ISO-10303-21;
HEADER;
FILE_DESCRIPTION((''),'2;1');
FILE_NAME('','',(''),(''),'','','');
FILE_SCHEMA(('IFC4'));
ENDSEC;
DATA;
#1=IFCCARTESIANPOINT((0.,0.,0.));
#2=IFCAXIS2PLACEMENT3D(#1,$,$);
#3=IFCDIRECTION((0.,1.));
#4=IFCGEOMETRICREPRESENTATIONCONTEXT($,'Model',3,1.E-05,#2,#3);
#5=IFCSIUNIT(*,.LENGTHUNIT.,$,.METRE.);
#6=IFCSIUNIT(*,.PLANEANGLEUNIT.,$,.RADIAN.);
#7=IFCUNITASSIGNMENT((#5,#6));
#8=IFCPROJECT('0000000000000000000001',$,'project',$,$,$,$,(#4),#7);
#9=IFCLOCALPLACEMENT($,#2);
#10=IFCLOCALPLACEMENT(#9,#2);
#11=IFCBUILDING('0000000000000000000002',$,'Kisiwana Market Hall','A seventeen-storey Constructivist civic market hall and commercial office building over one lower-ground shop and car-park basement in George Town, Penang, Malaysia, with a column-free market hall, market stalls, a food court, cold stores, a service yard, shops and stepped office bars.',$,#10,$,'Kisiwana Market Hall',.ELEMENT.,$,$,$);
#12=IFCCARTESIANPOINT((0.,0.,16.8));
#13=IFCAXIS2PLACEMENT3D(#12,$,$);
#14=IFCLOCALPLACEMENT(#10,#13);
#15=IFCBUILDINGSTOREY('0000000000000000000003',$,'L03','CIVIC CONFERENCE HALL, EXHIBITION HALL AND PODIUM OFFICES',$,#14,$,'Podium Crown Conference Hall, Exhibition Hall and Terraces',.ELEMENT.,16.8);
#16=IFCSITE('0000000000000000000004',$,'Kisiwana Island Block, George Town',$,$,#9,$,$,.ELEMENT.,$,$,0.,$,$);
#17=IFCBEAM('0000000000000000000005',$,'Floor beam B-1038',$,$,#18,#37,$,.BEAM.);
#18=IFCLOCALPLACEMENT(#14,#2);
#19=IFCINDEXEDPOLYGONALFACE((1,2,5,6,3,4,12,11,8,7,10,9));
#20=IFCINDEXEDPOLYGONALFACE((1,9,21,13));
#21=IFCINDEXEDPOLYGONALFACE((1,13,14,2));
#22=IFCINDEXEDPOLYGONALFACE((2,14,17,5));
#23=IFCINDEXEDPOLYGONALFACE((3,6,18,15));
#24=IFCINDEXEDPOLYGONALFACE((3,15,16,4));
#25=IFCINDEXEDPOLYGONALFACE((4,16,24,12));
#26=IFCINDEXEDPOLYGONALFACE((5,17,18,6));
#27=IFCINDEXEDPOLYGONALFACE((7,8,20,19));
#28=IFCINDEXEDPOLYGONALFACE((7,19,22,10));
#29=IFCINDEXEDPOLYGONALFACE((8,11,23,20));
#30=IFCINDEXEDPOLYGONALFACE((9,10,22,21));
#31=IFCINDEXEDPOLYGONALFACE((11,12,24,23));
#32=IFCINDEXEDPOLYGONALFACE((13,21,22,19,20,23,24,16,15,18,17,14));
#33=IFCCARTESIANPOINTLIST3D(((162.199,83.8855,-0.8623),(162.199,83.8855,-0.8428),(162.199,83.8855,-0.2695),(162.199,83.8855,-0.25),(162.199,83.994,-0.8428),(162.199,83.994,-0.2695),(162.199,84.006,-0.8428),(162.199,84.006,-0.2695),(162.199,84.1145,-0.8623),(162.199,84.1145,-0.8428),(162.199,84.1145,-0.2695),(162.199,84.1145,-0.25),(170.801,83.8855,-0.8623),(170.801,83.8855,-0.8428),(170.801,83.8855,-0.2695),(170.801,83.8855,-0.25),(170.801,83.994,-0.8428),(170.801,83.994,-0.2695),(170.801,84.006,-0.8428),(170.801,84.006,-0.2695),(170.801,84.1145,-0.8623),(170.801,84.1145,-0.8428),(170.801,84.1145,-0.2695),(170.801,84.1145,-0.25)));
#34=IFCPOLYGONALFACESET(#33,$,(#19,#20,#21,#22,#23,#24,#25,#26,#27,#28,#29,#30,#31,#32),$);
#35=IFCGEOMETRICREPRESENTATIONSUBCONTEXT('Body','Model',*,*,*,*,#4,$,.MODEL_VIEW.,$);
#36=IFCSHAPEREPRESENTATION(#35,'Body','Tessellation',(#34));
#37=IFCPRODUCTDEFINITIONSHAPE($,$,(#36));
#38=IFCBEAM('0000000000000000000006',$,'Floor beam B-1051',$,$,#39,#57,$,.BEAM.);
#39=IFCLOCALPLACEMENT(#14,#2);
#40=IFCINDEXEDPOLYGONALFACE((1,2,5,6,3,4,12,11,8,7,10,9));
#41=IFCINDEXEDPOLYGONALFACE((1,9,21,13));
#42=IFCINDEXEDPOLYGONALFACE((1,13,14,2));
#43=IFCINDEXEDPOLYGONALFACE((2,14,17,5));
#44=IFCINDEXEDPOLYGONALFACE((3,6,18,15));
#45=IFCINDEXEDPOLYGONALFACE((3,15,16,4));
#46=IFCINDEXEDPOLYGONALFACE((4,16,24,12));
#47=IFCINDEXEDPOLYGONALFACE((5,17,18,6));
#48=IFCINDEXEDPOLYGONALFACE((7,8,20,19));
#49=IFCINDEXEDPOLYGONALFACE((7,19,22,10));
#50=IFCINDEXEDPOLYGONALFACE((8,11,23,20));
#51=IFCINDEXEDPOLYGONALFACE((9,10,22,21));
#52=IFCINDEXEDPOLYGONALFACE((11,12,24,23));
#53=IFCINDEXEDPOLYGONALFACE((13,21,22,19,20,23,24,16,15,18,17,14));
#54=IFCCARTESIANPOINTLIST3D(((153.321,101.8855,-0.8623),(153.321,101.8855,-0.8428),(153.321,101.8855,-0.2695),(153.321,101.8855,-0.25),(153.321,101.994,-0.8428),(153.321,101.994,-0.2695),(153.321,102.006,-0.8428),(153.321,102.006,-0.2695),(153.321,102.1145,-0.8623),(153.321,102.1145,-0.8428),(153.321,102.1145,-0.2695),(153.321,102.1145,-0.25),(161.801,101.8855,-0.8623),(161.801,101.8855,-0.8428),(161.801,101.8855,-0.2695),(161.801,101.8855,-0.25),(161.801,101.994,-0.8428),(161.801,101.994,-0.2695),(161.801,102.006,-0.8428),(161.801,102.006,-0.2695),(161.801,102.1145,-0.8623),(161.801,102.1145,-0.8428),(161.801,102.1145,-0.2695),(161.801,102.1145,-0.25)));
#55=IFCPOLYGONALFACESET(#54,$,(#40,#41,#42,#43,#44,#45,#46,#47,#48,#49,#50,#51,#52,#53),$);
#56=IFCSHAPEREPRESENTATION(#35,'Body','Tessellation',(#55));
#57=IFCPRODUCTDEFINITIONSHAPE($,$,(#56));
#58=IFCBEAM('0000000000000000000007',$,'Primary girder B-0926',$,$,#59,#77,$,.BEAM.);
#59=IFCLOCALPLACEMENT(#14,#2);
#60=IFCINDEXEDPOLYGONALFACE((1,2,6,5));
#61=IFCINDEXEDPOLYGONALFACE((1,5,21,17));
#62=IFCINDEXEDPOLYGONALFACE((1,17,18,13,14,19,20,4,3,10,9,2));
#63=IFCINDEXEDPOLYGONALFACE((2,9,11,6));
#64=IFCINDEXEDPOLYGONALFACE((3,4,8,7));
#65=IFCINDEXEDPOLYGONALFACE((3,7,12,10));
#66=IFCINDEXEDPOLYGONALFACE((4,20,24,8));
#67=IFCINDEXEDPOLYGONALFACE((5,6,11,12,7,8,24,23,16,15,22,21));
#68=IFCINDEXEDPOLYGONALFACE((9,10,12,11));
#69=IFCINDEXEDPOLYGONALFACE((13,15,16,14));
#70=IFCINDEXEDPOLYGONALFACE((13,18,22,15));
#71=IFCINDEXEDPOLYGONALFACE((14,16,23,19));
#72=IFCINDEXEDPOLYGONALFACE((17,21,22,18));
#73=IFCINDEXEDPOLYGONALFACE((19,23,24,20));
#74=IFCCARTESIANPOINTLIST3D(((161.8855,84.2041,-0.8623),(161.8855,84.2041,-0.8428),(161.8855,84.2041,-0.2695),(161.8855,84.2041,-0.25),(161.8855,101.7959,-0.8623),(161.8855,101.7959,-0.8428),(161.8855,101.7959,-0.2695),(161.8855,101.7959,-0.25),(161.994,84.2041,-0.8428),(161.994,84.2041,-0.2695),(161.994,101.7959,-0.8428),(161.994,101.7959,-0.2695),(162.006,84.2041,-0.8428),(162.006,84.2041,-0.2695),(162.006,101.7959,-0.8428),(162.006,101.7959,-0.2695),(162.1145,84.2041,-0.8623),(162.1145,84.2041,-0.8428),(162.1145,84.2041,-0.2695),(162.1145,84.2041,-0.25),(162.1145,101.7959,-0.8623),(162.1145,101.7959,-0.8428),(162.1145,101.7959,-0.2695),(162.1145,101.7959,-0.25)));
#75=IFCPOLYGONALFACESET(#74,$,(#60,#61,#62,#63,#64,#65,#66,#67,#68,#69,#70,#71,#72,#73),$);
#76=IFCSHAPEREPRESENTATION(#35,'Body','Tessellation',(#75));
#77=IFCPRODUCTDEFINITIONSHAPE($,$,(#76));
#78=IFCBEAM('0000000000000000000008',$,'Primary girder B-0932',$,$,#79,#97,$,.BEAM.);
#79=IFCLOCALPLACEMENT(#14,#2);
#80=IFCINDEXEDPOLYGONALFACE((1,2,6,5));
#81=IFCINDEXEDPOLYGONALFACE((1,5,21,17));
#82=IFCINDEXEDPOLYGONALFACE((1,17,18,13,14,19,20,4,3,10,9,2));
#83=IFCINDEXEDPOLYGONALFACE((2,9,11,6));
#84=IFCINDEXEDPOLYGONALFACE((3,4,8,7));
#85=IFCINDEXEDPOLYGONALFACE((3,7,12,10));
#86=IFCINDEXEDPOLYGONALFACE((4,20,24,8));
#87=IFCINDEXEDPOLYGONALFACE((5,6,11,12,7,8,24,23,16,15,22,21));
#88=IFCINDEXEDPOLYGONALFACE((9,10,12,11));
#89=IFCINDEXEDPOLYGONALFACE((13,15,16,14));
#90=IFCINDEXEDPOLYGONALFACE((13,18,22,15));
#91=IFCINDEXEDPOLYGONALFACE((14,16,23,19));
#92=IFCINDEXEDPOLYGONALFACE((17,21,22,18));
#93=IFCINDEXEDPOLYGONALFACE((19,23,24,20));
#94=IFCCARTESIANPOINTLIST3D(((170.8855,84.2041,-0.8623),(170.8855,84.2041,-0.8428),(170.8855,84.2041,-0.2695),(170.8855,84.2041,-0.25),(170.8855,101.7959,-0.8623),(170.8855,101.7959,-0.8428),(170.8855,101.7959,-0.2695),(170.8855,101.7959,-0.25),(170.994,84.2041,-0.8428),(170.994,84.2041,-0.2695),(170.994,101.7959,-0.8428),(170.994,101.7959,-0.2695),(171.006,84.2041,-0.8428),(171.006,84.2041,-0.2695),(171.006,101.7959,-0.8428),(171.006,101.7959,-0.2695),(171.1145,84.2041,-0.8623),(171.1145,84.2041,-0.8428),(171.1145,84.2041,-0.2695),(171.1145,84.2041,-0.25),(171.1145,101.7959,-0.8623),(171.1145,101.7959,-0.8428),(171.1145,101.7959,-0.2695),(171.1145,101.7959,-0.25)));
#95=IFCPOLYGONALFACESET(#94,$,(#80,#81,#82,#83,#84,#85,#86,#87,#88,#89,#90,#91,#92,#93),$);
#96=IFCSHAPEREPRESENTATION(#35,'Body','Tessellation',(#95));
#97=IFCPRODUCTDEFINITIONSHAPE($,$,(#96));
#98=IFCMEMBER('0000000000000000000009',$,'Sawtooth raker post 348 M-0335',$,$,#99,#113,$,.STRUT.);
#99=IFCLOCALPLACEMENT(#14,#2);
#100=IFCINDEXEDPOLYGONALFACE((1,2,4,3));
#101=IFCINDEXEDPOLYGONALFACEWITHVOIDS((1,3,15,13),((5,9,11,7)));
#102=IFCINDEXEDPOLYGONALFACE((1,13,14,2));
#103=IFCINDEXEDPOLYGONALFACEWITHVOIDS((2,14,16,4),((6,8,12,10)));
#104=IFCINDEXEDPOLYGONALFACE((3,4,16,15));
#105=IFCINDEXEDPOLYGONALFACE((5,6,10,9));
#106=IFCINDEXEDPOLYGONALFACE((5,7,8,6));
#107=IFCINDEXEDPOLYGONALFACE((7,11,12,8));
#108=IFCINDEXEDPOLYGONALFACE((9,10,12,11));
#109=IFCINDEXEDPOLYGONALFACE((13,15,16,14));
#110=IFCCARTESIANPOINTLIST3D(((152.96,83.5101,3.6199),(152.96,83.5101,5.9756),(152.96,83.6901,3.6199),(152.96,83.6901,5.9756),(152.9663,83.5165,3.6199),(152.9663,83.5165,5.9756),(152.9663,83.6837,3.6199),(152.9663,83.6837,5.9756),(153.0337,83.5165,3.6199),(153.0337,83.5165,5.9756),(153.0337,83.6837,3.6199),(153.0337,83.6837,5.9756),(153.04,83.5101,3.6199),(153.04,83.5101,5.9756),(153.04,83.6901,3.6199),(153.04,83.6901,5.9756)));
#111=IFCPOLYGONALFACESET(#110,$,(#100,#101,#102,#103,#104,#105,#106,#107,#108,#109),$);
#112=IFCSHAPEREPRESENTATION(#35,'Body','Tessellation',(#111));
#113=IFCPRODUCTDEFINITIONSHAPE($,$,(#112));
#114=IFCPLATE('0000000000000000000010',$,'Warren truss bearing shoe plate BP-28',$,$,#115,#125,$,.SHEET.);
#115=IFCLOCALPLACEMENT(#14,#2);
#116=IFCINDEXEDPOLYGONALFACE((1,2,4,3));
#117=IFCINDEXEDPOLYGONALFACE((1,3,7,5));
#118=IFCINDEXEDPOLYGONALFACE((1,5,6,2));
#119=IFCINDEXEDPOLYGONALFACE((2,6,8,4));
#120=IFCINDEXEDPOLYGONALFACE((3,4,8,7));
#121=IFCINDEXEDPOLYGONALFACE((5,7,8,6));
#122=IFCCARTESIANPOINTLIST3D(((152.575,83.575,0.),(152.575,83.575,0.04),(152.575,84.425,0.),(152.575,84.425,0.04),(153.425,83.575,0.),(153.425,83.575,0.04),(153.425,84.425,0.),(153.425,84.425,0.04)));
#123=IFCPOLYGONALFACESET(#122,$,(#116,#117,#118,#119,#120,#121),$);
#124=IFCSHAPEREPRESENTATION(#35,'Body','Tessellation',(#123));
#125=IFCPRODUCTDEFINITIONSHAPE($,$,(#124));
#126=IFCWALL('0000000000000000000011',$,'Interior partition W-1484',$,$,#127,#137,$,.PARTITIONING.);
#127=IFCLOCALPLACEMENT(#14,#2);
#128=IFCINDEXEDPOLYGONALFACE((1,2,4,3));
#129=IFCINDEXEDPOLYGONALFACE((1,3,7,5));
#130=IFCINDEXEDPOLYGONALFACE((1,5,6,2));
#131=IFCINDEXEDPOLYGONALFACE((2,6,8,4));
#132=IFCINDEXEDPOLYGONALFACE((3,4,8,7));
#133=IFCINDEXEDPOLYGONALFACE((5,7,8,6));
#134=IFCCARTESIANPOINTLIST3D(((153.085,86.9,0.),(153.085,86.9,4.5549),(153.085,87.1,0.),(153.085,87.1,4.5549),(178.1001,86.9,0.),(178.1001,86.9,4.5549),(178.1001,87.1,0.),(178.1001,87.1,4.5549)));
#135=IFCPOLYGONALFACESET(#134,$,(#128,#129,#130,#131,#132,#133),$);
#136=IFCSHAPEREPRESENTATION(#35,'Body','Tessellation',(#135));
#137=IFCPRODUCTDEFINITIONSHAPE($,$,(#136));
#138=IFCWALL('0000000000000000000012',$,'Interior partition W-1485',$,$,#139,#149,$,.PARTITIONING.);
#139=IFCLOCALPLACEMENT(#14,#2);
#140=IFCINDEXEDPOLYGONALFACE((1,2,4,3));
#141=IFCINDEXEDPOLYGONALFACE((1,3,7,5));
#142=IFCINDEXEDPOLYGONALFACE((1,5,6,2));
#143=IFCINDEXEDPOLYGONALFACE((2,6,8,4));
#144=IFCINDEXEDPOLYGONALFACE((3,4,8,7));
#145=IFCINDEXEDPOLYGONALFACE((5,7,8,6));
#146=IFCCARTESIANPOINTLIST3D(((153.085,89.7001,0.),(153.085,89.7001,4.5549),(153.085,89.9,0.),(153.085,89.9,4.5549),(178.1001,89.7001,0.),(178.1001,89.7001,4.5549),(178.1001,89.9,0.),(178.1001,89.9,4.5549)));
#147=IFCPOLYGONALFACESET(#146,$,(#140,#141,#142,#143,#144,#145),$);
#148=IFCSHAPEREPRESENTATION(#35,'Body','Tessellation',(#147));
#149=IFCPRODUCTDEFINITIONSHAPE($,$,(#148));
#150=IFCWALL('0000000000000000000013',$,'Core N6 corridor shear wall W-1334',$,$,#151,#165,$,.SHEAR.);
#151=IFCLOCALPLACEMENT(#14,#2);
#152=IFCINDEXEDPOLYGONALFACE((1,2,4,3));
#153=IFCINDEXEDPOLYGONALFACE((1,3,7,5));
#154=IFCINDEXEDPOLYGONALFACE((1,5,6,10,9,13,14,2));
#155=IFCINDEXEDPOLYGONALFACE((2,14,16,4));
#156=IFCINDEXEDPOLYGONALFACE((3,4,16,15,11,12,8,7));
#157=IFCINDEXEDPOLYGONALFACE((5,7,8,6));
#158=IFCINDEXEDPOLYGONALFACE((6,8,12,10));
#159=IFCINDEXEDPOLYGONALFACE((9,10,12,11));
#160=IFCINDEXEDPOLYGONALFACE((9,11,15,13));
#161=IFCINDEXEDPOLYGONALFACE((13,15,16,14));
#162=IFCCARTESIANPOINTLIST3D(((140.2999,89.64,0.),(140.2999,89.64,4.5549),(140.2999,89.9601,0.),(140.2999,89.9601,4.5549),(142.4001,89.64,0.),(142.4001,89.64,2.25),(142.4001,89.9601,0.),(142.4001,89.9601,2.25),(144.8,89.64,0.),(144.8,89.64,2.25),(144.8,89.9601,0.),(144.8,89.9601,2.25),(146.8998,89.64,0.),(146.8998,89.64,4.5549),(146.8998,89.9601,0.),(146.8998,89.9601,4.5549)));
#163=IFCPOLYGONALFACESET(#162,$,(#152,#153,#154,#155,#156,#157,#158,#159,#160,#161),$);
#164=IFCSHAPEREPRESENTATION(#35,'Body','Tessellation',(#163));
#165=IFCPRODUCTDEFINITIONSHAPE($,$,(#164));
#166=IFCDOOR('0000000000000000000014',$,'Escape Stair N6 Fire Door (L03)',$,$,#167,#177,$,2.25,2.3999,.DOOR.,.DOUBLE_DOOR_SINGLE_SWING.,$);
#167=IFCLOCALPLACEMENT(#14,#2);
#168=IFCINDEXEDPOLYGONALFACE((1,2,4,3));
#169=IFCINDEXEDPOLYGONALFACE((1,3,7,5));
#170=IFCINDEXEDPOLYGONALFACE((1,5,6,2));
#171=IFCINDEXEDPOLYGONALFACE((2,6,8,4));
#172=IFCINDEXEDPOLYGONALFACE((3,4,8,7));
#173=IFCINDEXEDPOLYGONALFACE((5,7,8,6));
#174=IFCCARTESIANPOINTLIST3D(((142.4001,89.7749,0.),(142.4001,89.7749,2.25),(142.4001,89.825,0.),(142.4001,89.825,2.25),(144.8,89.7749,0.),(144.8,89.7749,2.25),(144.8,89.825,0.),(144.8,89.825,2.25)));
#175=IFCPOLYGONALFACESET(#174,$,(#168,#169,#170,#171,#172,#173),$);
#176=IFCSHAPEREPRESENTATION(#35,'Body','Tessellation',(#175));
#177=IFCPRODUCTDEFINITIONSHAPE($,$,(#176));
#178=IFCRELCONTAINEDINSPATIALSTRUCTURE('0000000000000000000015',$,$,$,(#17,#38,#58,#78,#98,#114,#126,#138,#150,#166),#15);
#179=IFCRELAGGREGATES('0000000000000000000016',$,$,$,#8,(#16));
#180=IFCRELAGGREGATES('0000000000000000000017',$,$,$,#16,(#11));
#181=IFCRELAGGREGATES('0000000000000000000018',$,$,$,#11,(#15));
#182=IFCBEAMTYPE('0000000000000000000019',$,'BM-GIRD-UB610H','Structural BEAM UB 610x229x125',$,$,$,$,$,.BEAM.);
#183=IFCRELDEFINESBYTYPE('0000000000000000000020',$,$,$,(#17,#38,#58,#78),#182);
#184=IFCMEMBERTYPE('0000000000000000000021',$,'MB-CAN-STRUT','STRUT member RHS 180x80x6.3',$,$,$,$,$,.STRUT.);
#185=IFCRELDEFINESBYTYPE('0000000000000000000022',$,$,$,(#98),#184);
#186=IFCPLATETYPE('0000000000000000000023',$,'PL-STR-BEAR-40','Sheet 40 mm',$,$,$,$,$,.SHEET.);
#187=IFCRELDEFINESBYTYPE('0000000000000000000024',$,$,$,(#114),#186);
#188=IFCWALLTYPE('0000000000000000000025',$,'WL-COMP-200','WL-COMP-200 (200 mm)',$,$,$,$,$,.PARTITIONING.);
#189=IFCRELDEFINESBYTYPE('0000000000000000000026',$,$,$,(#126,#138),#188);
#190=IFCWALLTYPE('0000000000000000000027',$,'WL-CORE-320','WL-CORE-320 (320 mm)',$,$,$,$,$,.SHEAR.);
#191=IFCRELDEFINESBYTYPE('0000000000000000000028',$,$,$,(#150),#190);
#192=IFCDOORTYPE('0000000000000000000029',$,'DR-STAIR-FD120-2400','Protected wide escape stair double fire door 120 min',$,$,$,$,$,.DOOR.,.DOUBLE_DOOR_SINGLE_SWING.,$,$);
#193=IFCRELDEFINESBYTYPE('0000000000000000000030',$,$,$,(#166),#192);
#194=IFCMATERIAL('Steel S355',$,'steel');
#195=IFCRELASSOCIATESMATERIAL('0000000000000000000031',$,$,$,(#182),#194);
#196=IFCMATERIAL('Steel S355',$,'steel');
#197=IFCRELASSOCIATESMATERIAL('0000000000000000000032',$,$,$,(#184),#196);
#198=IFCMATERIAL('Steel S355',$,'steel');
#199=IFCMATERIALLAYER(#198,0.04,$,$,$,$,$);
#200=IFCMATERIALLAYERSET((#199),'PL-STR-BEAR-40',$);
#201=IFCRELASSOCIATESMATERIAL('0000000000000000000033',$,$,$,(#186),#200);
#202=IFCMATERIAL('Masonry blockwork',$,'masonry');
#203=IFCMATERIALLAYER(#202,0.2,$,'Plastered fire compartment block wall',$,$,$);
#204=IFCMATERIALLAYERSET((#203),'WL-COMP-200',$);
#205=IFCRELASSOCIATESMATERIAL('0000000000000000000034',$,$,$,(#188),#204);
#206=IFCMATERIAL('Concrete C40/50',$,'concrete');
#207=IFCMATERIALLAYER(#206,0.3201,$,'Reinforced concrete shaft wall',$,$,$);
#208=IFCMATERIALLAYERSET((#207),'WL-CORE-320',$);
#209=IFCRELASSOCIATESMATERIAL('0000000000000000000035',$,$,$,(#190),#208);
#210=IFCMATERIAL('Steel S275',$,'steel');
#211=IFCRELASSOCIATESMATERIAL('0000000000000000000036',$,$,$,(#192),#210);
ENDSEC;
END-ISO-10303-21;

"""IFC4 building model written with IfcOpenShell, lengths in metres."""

from ifc_helpers import new_model, si_unit, direction, frame, frame_2d, origin, origin_2d, place, context, subcontext, project, spatial, rectangle, hollow_rectangle, i_section, extrude, material, layer, layer_set, material_profile, profile_set, type_object, element, fill, save


model = new_model("IFC4")

# Units and contexts
model_context = context("Model", 3, precision=1e-05, world=origin(), true_north=direction((0.0, 1.0)))
body_context = subcontext(model_context, "Body", "Model", "MODEL_VIEW")
ifc_project = project(units=[si_unit("LENGTHUNIT", "METRE"), si_unit("PLANEANGLEUNIT", "RADIAN")], contexts=[model_context])

# Site, building, storey
site_placement = place(None, origin())
site = spatial("IfcSite", under=ifc_project, at=site_placement, Name="Kisiwana Island Block, George Town", CompositionType="ELEMENT", RefElevation=0.0)
building_placement = place(site_placement, origin())
building = spatial("IfcBuilding", under=site, at=building_placement, Name="Kisiwana Market Hall", Description="A seventeen-storey Constructivist civic market hall and commercial office building over one lower-ground shop and car-park basement in George Town, Penang, Malaysia, with a column-free market hall, market stalls, a food court, cold stores, a service yard, shops and stepped office bars.", LongName="Kisiwana Market Hall", CompositionType="ELEMENT")
storey_placement = place(building_placement, frame((0.0, 0.0, 16.8)))
storey = spatial("IfcBuildingStorey", under=building, at=storey_placement, Name="L03", Description="CIVIC CONFERENCE HALL, EXHIBITION HALL AND PODIUM OFFICES", LongName="Podium Crown Conference Hall, Exhibition Hall and Terraces", CompositionType="ELEMENT", Elevation=16.8)

# Beams
ifc_material_1 = material(Name="Steel S355", Category="steel")
ifc_material_profile_1 = material_profile(ifc_material_1, i_section(OverallWidth=0.229, OverallDepth=0.6123, WebThickness=0.012, FlangeThickness=0.0195, at=origin_2d()), Name="UB 610x229x125")
ifc_profile_set_1 = profile_set([ifc_material_profile_1], Name="Steel S355")
beam_type_1 = type_object("IfcBeamType", Name="BM-GIRD-UB610H", Description="Structural BEAM UB 610x229x125", PredefinedType="BEAM", material=ifc_profile_set_1)
beam_1_placement = place(storey_placement, frame((162.199, 84.0, -0.5562), z_axis=(1.0, 0.0, 0.0), x_axis=(0.0, 1.0, 0.0)))
element("IfcBeam", 1, at=beam_1_placement, inside=storey, type_object=beam_type_1, Name="Floor beam B-1038", PredefinedType="BEAM", context=body_context, shape_type="SweptSolid", body=[
    extrude(i_section(OverallWidth=0.229, OverallDepth=0.6123, WebThickness=0.012, FlangeThickness=0.0195, at=origin_2d()), origin(), (0.0, 0.0, 1.0), 8.6021),
])
beam_2_placement = place(storey_placement, frame((153.321, 102.0, -0.5562), z_axis=(1.0, 0.0, 0.0), x_axis=(0.0, 1.0, 0.0)))
element("IfcBeam", 2, at=beam_2_placement, inside=storey, type_object=beam_type_1, Name="Floor beam B-1051", PredefinedType="BEAM", context=body_context, shape_type="SweptSolid", body=[
    extrude(i_section(OverallWidth=0.229, OverallDepth=0.6123, WebThickness=0.012, FlangeThickness=0.0195, at=origin_2d()), origin(), (0.0, 0.0, 1.0), 8.48),
])
for number, where, z_axis, x_axis, name in (
    (3, (162.0, 84.2041, -0.5562), (0.0, 1.0, 0.0), (-1.0, 0.0, 0.0), "Primary girder B-0926"),
    (4, (171.0, 84.2041, -0.5562), (0.0, 1.0, 0.0), (-1.0, 0.0, 0.0), "Primary girder B-0932"),
):
    element("IfcBeam", number, at=place(storey_placement, frame(where, z_axis=z_axis, x_axis=x_axis)), inside=storey, type_object=beam_type_1, Name=name, PredefinedType="BEAM", context=body_context, shape_type="SweptSolid", body=[
        extrude(i_section(OverallWidth=0.229, OverallDepth=0.6123, WebThickness=0.012, FlangeThickness=0.0195, at=origin_2d()), origin(), (0.0, 0.0, 1.0), 17.5918),
    ])

# Member
ifc_material_2 = material(Name="Steel S355", Category="steel")
ifc_material_profile_2 = material_profile(ifc_material_2, hollow_rectangle(XDim=0.0801, YDim=0.1799, WallThickness=0.0063, at=origin_2d()), Name="RHS 180x80x6.3")
ifc_profile_set_2 = profile_set([ifc_material_profile_2], Name="Steel S355")
member_type = type_object("IfcMemberType", Name="MB-CAN-STRUT", Description="STRUT member RHS 180x80x6.3", PredefinedType="STRUT", material=ifc_profile_set_2)
member_placement = place(storey_placement, frame((153.0, 83.6001, 3.6199), z_axis=(0.0, 0.0, 1.0), x_axis=(1.0, 0.0, 0.0)))
element("IfcMember", 5, at=member_placement, inside=storey, type_object=member_type, Name="Sawtooth raker post 348 M-0335", PredefinedType="STRUT", context=body_context, shape_type="SweptSolid", body=[
    extrude(hollow_rectangle(XDim=0.0801, YDim=0.1799, WallThickness=0.0063, at=origin_2d()), origin(), (0.0, 0.0, 1.0), 2.3557),
])

# Plate
ifc_material_3 = material(Name="Steel S355", Category="steel")
ifc_layer_1 = layer(ifc_material_3, 0.04)
ifc_layer_set_1 = layer_set([ifc_layer_1], Name="PL-STR-BEAR-40")
plate_type = type_object("IfcPlateType", Name="PL-STR-BEAR-40", Description="Sheet 40 mm", PredefinedType="SHEET", material=ifc_layer_set_1)
plate_placement = place(storey_placement, frame((153.0, 84.0, 0.0), z_axis=(0.0, 0.0, 1.0), x_axis=(1.0, 0.0, 0.0)))
element("IfcPlate", 6, at=plate_placement, inside=storey, type_object=plate_type, Name="Warren truss bearing shoe plate BP-28", PredefinedType="SHEET", context=body_context, shape_type="SweptSolid", body=[
    extrude(rectangle(XDim=0.8501, YDim=0.8501, at=origin_2d()), origin(), (0.0, 0.0, 1.0), 0.04),
])

# Walls
ifc_material_4 = material(Name="Masonry blockwork", Category="masonry")
ifc_layer_2 = layer(ifc_material_4, 0.2, Name="Plastered fire compartment block wall")
ifc_layer_set_2 = layer_set([ifc_layer_2], Name="WL-COMP-200")
wall_type_1 = type_object("IfcWallType", Name="WL-COMP-200", Description="WL-COMP-200 (200 mm)", PredefinedType="PARTITIONING", material=ifc_layer_set_2)
for number, where, z_axis, x_axis, name in (
    (7, (153.085, 87.0, 0.0), (0.0, 0.0, 1.0), (1.0, 0.0, 0.0), "Interior partition W-1484"),
    (8, (153.085, 89.8, 0.0), (0.0, 0.0, 1.0), (1.0, 0.0, 0.0), "Interior partition W-1485"),
):
    element("IfcWall", number, at=place(storey_placement, frame(where, z_axis=z_axis, x_axis=x_axis)), inside=storey, type_object=wall_type_1, Name=name, PredefinedType="PARTITIONING", context=body_context, shape_type="SweptSolid", body=[
        extrude(rectangle(XDim=25.0151, YDim=0.2, at=frame_2d((12.5076, 0.0))), origin(), (0.0, 0.0, 1.0), 4.5549),
    ])

# Wall, opening, door
ifc_material_5 = material(Name="Concrete C40/50", Category="concrete")
ifc_layer_3 = layer(ifc_material_5, 0.3201, Name="Reinforced concrete shaft wall")
ifc_layer_set_3 = layer_set([ifc_layer_3], Name="WL-CORE-320")
wall_type_2 = type_object("IfcWallType", Name="WL-CORE-320", Description="WL-CORE-320 (320 mm)", PredefinedType="SHEAR", material=ifc_layer_set_3)
wall_1_placement = place(storey_placement, frame((140.3, 89.8, 0.0), z_axis=(0.0, 0.0, 1.0), x_axis=(1.0, 0.0, 0.0)))
wall_1 = element("IfcWall", 9, at=wall_1_placement, inside=storey, type_object=wall_type_2, Name="Core N6 corridor shear wall W-1334", PredefinedType="SHEAR", context=body_context, shape_type="SweptSolid", body=[
    extrude(rectangle(XDim=6.5999, YDim=0.3201, at=frame_2d((3.2998, 0.0))), origin(), (0.0, 0.0, 1.0), 4.5549),
])
opening_1_placement = place(wall_1_placement, frame((2.1001, 0.0, 0.0)))
opening_1 = element("IfcOpeningElement", 10, at=opening_1_placement, cuts=wall_1, PredefinedType="OPENING", context=body_context, shape_type="SweptSolid", body=[
    extrude(rectangle(XDim=2.3999, YDim=2.25, at=frame_2d((1.2, 1.125))), frame((0.0, 0.1719, 0.0), z_axis=(0.0, -1.0, 0.0), x_axis=(1.0, 0.0, 0.0)), (0.0, 0.0, 1.0), 0.344),
])
ifc_material_6 = material(Name="Steel S275", Category="steel")
door_type_1 = type_object("IfcDoorType", Name="DR-STAIR-FD120-2400", Description="Protected wide escape stair double fire door 120 min", OperationType="DOUBLE_DOOR_SINGLE_SWING", PredefinedType="DOOR", material=ifc_material_6)
door_1_placement = place(opening_1_placement, origin())
door_1 = element("IfcDoor", 11, at=door_1_placement, inside=storey, type_object=door_type_1, Name="Escape Stair N6 Fire Door (L03)", OperationType="DOUBLE_DOOR_SINGLE_SWING", OverallHeight=2.25, OverallWidth=2.3999, PredefinedType="DOOR", context=body_context, shape_type="SweptSolid", body=[
    extrude(rectangle(XDim=2.3999, YDim=2.25, at=frame_2d((1.2, 1.125))), frame((0.0, 0.0249, 0.0), z_axis=(0.0, -1.0, 0.0), x_axis=(1.0, 0.0, 0.0)), (0.0, 0.0, 1.0), 0.05),
])
fill(opening_1, door_1)

save(model, "model.ifc")
